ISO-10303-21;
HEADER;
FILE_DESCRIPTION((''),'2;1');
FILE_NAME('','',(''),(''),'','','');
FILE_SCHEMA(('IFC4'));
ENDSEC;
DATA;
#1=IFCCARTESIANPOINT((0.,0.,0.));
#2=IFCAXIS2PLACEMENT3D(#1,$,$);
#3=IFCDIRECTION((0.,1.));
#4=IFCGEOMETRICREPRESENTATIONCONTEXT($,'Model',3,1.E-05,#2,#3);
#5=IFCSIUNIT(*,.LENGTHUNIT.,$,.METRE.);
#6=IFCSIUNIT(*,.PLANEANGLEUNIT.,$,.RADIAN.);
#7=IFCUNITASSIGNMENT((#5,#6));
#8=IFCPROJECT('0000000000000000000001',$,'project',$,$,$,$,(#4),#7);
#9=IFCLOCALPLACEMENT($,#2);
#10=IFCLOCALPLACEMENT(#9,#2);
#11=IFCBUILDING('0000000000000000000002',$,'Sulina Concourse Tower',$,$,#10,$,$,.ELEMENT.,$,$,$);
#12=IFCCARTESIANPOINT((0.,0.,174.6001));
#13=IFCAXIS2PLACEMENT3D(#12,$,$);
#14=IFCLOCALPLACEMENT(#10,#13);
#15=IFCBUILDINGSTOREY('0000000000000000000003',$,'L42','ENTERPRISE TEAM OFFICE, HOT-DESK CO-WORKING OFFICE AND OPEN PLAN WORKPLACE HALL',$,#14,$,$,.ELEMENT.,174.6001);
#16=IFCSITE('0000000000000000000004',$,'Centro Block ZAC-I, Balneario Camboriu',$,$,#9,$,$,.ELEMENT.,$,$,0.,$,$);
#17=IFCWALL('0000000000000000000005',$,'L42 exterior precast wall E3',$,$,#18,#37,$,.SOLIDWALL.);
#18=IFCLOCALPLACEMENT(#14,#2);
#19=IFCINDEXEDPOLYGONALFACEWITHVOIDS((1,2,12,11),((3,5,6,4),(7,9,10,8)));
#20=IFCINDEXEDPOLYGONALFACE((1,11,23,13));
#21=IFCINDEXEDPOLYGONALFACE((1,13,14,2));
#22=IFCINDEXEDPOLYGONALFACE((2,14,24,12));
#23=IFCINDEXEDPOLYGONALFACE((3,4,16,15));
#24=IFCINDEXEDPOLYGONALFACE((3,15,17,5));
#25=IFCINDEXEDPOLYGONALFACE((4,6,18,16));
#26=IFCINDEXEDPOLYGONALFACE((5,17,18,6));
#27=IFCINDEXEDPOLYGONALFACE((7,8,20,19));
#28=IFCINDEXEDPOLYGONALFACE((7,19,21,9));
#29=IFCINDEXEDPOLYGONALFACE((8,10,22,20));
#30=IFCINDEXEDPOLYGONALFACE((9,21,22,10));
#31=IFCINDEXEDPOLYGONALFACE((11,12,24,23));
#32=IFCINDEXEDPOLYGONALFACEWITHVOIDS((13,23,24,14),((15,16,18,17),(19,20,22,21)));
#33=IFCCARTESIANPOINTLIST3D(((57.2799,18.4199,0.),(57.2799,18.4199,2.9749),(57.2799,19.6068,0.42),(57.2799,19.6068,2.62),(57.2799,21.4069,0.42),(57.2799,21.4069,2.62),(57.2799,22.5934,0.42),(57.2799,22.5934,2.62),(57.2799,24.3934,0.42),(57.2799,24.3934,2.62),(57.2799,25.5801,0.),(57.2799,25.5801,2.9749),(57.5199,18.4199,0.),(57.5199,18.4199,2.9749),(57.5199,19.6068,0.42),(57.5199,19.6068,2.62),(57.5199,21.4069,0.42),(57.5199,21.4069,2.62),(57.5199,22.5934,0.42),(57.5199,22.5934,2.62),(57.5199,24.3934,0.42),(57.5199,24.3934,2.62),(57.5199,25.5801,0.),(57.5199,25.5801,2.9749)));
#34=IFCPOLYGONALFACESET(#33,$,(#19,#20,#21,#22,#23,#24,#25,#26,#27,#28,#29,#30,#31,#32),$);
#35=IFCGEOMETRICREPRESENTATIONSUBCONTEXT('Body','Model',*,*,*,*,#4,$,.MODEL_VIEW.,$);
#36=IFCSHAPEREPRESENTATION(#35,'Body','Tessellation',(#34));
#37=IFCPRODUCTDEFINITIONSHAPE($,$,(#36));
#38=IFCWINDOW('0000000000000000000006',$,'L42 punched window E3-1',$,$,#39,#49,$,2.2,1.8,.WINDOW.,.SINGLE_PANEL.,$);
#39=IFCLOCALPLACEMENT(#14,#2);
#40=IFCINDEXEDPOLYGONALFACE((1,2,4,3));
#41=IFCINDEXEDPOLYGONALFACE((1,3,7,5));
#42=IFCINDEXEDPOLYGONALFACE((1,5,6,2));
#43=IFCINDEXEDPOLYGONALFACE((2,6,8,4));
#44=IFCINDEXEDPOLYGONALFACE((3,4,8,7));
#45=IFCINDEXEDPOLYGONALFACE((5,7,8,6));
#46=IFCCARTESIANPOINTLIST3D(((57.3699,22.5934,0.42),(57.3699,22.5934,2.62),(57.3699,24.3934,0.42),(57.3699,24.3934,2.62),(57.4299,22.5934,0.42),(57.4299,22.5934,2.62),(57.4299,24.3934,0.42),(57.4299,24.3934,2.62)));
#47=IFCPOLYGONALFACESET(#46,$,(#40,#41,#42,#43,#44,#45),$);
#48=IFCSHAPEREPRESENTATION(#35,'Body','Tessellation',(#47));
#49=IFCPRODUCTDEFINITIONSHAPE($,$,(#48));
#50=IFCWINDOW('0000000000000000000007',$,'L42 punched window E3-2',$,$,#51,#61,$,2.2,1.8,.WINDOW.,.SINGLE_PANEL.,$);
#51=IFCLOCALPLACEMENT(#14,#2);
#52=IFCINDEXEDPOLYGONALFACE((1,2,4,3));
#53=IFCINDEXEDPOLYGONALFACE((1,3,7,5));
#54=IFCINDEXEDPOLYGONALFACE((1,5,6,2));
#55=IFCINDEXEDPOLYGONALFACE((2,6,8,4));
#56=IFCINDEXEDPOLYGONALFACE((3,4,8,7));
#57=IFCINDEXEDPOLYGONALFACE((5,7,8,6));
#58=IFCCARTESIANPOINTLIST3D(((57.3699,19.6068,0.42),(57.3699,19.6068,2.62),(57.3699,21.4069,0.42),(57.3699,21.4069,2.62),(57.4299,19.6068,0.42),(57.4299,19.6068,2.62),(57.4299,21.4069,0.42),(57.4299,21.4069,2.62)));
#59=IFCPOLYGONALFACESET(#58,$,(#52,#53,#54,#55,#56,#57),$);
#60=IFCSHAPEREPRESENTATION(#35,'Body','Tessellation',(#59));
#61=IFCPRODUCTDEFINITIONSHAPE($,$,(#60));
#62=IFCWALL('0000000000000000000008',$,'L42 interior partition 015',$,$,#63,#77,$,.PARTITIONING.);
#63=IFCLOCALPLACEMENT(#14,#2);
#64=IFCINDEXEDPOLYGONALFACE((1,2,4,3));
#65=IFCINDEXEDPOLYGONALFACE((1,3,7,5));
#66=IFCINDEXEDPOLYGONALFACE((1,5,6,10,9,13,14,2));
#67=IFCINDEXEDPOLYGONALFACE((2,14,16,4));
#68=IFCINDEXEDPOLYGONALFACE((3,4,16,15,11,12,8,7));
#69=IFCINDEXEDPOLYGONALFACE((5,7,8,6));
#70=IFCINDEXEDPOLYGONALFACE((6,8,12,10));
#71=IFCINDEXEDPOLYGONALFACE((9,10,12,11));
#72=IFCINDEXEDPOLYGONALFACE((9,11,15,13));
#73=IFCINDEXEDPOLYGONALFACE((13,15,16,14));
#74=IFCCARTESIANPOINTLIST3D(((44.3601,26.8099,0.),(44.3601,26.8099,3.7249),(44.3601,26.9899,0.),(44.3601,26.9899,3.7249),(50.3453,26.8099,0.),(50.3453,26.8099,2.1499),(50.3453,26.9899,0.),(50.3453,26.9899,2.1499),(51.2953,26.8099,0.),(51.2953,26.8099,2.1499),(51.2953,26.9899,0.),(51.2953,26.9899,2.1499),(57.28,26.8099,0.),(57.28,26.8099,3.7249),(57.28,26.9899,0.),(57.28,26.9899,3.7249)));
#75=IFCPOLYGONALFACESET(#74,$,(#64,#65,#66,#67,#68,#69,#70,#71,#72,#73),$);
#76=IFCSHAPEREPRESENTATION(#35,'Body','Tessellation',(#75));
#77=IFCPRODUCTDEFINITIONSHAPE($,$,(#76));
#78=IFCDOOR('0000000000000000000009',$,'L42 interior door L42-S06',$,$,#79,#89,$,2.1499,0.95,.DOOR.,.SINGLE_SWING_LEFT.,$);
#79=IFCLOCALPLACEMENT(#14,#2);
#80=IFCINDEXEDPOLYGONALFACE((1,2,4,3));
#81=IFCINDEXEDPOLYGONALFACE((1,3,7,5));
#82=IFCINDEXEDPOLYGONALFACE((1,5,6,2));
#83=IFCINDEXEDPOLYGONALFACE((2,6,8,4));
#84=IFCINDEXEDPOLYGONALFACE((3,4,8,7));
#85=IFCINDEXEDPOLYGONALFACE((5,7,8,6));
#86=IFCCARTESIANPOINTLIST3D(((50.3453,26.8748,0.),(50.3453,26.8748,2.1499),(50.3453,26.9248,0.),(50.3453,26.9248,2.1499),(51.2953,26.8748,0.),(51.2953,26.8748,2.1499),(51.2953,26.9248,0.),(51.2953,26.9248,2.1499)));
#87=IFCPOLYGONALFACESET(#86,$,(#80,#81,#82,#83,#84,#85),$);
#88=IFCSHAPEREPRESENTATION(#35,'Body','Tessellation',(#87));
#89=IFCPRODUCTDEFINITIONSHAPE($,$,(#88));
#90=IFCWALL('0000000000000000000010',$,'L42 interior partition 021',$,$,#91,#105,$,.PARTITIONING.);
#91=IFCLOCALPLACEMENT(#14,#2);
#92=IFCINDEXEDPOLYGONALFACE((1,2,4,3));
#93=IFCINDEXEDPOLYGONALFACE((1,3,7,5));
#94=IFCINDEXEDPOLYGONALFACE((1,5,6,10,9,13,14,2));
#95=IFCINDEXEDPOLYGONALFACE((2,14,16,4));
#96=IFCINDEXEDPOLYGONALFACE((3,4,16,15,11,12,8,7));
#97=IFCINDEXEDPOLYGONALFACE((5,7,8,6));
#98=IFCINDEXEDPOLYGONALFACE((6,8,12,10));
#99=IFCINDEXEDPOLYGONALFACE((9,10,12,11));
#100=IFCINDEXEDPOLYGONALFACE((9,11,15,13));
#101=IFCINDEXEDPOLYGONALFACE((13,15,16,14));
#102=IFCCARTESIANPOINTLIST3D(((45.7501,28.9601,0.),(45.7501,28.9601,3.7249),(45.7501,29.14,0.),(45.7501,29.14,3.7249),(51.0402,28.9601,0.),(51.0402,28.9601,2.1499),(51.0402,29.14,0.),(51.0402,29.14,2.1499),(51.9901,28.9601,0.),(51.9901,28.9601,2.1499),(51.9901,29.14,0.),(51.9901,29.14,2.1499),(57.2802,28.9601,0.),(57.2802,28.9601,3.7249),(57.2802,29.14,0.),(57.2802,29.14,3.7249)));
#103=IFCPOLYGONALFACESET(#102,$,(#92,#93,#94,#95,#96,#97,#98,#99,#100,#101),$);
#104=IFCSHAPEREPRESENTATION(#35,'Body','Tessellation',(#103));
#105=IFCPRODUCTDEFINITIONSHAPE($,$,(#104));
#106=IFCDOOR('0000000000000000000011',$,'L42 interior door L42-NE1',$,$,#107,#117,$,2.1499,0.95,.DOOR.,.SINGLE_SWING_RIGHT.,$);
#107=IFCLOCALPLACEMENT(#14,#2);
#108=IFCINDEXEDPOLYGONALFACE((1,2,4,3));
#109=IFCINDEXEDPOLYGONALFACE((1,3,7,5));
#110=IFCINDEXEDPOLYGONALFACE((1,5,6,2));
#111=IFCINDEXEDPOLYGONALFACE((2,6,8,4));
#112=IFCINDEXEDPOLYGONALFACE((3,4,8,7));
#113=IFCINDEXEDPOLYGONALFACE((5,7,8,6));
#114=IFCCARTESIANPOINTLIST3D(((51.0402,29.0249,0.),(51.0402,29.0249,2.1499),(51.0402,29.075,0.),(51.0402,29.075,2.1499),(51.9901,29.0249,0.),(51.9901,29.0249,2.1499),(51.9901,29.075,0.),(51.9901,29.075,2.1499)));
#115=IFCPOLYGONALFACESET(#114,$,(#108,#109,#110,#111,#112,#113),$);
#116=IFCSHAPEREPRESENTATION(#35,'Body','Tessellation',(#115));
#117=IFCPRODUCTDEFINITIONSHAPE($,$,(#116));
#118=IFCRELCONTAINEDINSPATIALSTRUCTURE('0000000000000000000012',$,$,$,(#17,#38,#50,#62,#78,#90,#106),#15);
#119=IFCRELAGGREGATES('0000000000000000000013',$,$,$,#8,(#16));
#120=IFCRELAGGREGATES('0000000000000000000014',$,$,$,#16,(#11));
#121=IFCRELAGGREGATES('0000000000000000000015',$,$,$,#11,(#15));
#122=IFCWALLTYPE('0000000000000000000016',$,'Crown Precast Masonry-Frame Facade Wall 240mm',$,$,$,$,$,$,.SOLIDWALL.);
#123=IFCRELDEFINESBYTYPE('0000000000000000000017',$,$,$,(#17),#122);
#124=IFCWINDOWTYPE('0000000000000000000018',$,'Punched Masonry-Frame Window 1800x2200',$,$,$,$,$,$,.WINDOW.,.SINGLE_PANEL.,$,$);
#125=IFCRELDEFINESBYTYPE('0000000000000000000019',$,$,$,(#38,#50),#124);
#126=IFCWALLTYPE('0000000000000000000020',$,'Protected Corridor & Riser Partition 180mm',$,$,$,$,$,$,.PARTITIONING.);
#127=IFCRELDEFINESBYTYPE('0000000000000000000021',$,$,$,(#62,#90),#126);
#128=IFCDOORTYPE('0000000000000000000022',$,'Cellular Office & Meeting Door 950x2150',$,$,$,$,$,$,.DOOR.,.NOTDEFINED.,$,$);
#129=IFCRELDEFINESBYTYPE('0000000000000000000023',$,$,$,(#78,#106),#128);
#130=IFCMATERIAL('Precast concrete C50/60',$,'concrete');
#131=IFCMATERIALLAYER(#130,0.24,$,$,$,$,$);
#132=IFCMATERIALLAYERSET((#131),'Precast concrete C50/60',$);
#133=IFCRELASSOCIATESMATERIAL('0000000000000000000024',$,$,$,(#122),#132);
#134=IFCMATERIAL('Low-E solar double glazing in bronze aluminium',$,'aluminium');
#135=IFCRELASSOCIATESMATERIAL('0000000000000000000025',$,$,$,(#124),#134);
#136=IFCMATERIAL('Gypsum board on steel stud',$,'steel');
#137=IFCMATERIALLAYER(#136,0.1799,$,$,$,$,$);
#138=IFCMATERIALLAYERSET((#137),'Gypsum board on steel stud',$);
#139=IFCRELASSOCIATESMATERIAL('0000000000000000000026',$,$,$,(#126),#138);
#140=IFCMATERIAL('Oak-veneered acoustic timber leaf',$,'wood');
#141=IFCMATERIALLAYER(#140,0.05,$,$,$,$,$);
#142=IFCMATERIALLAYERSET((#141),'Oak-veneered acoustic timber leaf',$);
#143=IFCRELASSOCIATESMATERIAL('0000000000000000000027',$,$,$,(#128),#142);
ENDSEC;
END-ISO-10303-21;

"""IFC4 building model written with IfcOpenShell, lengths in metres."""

from ifc_helpers import new_model, si_unit, direction, frame, frame_2d, origin, place, context, subcontext, project, spatial, rectangle, extrude, material, layer, layer_set, type_object, element, fill, save


model = new_model("IFC4")

# Units and contexts
model_context = context("Model", 3, precision=1e-05, world=origin(), true_north=direction((0.0, 1.0)))
body_context = subcontext(model_context, "Body", "Model", "MODEL_VIEW")
ifc_project = project(units=[si_unit("LENGTHUNIT", "METRE"), si_unit("PLANEANGLEUNIT", "RADIAN")], contexts=[model_context])

# Site, building, storey
site_placement = place(None, origin())
site = spatial("IfcSite", under=ifc_project, at=site_placement, Name="Centro Block ZAC-I, Balneario Camboriu", CompositionType="ELEMENT", RefElevation=0.0)
building_placement = place(site_placement, origin())
building = spatial("IfcBuilding", under=site, at=building_placement, Name="Sulina Concourse Tower", CompositionType="ELEMENT")
storey_placement = place(building_placement, frame((0.0, 0.0, 174.6001)))
storey = spatial("IfcBuildingStorey", under=building, at=storey_placement, Name="L42", Description="ENTERPRISE TEAM OFFICE, HOT-DESK CO-WORKING OFFICE AND OPEN PLAN WORKPLACE HALL", CompositionType="ELEMENT", Elevation=174.6001)

# Shared definitions
ifc_material_1 = material(Name="Precast concrete C50/60", Category="concrete")
ifc_layer_1 = layer(ifc_material_1, 0.24)
ifc_layer_set_1 = layer_set([ifc_layer_1], Name="Precast concrete C50/60")
wall_type_1 = type_object("IfcWallType", Name="Crown Precast Masonry-Frame Facade Wall 240mm", PredefinedType="SOLIDWALL", material=ifc_layer_set_1)
ifc_material_2 = material(Name="Low-E solar double glazing in bronze aluminium", Category="aluminium")
window_type = type_object("IfcWindowType", Name="Punched Masonry-Frame Window 1800x2200", PartitioningType="SINGLE_PANEL", PredefinedType="WINDOW", material=ifc_material_2)

# Wall, openings, windows
wall_1_placement = place(storey_placement, frame((57.3999, 25.5801, 0.0), z_axis=(0.0, 0.0, 1.0), x_axis=(0.0, -1.0, 0.0)))
wall_1 = element("IfcWall", 1, at=wall_1_placement, inside=storey, type_object=wall_type_1, Name="L42 exterior precast wall E3", PredefinedType="SOLIDWALL", context=body_context, shape_type="SweptSolid", body=[
    extrude(rectangle(XDim=7.1602, YDim=0.24, at=frame_2d((3.5801, 0.0))), origin(), (0.0, 0.0, 1.0), 2.9749),
])
opening_1_placement = place(wall_1_placement, frame((1.1868, 0.0, 0.4199)))
opening_1 = element("IfcOpeningElement", 2, at=opening_1_placement, cuts=wall_1, PredefinedType="OPENING", context=body_context, shape_type="SweptSolid", body=[
    extrude(rectangle(XDim=1.8, YDim=2.2, at=frame_2d((0.8999, 1.1001))), frame((0.0, 0.1299, 0.0), z_axis=(0.0, -1.0, 0.0), x_axis=(1.0, 0.0, 0.0)), (0.0, 0.0, 1.0), 0.26),
])
opening_2_placement = place(wall_1_placement, frame((4.1733, 0.0, 0.4199)))
opening_2 = element("IfcOpeningElement", 3, at=opening_2_placement, cuts=wall_1, PredefinedType="OPENING", context=body_context, shape_type="SweptSolid", body=[
    extrude(rectangle(XDim=1.8, YDim=2.2, at=frame_2d((0.8999, 1.1001))), frame((0.0, 0.1299, 0.0), z_axis=(0.0, -1.0, 0.0), x_axis=(1.0, 0.0, 0.0)), (0.0, 0.0, 1.0), 0.26),
])
window_1_placement = place(opening_1_placement, origin())
window_1 = element("IfcWindow", 4, at=window_1_placement, inside=storey, type_object=window_type, Name="L42 punched window E3-1", OverallHeight=2.2, OverallWidth=1.8, PartitioningType="SINGLE_PANEL", PredefinedType="WINDOW", context=body_context, shape_type="SweptSolid", body=[
    extrude(rectangle(XDim=1.8, YDim=2.2, at=frame_2d((0.8999, 1.1001))), frame((0.0, 0.03, 0.0), z_axis=(0.0, -1.0, 0.0), x_axis=(1.0, 0.0, 0.0)), (0.0, 0.0, 1.0), 0.0601),
])
fill(opening_1, window_1)
window_2_placement = place(opening_2_placement, origin())
window_2 = element("IfcWindow", 5, at=window_2_placement, inside=storey, type_object=window_type, Name="L42 punched window E3-2", OverallHeight=2.2, OverallWidth=1.8, PartitioningType="SINGLE_PANEL", PredefinedType="WINDOW", context=body_context, shape_type="SweptSolid", body=[
    extrude(rectangle(XDim=1.8, YDim=2.2, at=frame_2d((0.8999, 1.1001))), frame((0.0, 0.03, 0.0), z_axis=(0.0, -1.0, 0.0), x_axis=(1.0, 0.0, 0.0)), (0.0, 0.0, 1.0), 0.0601),
])
fill(opening_2, window_2)

# Walls, openings, doors
ifc_material_3 = material(Name="Gypsum board on steel stud", Category="steel")
ifc_layer_2 = layer(ifc_material_3, 0.1799)
ifc_layer_set_2 = layer_set([ifc_layer_2], Name="Gypsum board on steel stud")
wall_type_2 = type_object("IfcWallType", Name="Protected Corridor & Riser Partition 180mm", PredefinedType="PARTITIONING", material=ifc_layer_set_2)
wall_2_placement = place(storey_placement, frame((44.3601, 26.8999, 0.0), z_axis=(0.0, 0.0, 1.0), x_axis=(1.0, 0.0, 0.0)))
wall_2 = element("IfcWall", 6, at=wall_2_placement, inside=storey, type_object=wall_type_2, Name="L42 interior partition 015", PredefinedType="PARTITIONING", context=body_context, shape_type="SweptSolid", body=[
    extrude(rectangle(XDim=12.9199, YDim=0.1799, at=frame_2d((6.46, 0.0))), origin(), (0.0, 0.0, 1.0), 3.7249),
])
opening_3_placement = place(wall_2_placement, frame((5.9851, 0.0, 0.0)))
opening_3 = element("IfcOpeningElement", 7, at=opening_3_placement, cuts=wall_2, PredefinedType="OPENING", context=body_context, shape_type="SweptSolid", body=[
    extrude(rectangle(XDim=0.95, YDim=2.1499, at=frame_2d((0.4751, 1.075))), frame((0.0, 0.0999, 0.0), z_axis=(0.0, -1.0, 0.0), x_axis=(1.0, 0.0, 0.0)), (0.0, 0.0, 1.0), 0.2),
])
ifc_material_4 = material(Name="Oak-veneered acoustic timber leaf", Category="wood")
ifc_layer_3 = layer(ifc_material_4, 0.05)
ifc_layer_set_3 = layer_set([ifc_layer_3], Name="Oak-veneered acoustic timber leaf")
door_type = type_object("IfcDoorType", Name="Cellular Office & Meeting Door 950x2150", OperationType="NOTDEFINED", PredefinedType="DOOR", material=ifc_layer_set_3)
door_1_placement = place(opening_3_placement, origin())
door_1 = element("IfcDoor", 8, at=door_1_placement, inside=storey, type_object=door_type, Name="L42 interior door L42-S06", OperationType="SINGLE_SWING_LEFT", OverallHeight=2.1499, OverallWidth=0.95, PredefinedType="DOOR", context=body_context, shape_type="SweptSolid", body=[
    extrude(rectangle(XDim=0.95, YDim=2.1499, at=frame_2d((0.4751, 1.075))), frame((0.0, 0.0249, 0.0), z_axis=(0.0, -1.0, 0.0), x_axis=(1.0, 0.0, 0.0)), (0.0, 0.0, 1.0), 0.05),
])
fill(opening_3, door_1)
wall_3_placement = place(storey_placement, frame((45.75, 29.05, 0.0), z_axis=(0.0, 0.0, 1.0), x_axis=(1.0, 0.0, 0.0)))
wall_3 = element("IfcWall", 9, at=wall_3_placement, inside=storey, type_object=wall_type_2, Name="L42 interior partition 021", PredefinedType="PARTITIONING", context=body_context, shape_type="SweptSolid", body=[
    extrude(rectangle(XDim=11.53, YDim=0.1799, at=frame_2d((5.7651, 0.0))), origin(), (0.0, 0.0, 1.0), 3.7249),
])
opening_4_placement = place(wall_3_placement, frame((5.29, 0.0, 0.0)))
opening_4 = element("IfcOpeningElement", 10, at=opening_4_placement, cuts=wall_3, PredefinedType="OPENING", context=body_context, shape_type="SweptSolid", body=[
    extrude(rectangle(XDim=0.95, YDim=2.1499, at=frame_2d((0.4751, 1.075))), frame((0.0, 0.0999, 0.0), z_axis=(0.0, -1.0, 0.0), x_axis=(1.0, 0.0, 0.0)), (0.0, 0.0, 1.0), 0.2),
])
door_2_placement = place(opening_4_placement, origin())
door_2 = element("IfcDoor", 11, at=door_2_placement, inside=storey, type_object=door_type, Name="L42 interior door L42-NE1", OperationType="SINGLE_SWING_RIGHT", OverallHeight=2.1499, OverallWidth=0.95, PredefinedType="DOOR", context=body_context, shape_type="SweptSolid", body=[
    extrude(rectangle(XDim=0.95, YDim=2.1499, at=frame_2d((0.4751, 1.075))), frame((0.0, 0.0249, 0.0), z_axis=(0.0, -1.0, 0.0), x_axis=(1.0, 0.0, 0.0)), (0.0, 0.0, 1.0), 0.05),
])
fill(opening_4, door_2)

save(model, "model.ifc")
